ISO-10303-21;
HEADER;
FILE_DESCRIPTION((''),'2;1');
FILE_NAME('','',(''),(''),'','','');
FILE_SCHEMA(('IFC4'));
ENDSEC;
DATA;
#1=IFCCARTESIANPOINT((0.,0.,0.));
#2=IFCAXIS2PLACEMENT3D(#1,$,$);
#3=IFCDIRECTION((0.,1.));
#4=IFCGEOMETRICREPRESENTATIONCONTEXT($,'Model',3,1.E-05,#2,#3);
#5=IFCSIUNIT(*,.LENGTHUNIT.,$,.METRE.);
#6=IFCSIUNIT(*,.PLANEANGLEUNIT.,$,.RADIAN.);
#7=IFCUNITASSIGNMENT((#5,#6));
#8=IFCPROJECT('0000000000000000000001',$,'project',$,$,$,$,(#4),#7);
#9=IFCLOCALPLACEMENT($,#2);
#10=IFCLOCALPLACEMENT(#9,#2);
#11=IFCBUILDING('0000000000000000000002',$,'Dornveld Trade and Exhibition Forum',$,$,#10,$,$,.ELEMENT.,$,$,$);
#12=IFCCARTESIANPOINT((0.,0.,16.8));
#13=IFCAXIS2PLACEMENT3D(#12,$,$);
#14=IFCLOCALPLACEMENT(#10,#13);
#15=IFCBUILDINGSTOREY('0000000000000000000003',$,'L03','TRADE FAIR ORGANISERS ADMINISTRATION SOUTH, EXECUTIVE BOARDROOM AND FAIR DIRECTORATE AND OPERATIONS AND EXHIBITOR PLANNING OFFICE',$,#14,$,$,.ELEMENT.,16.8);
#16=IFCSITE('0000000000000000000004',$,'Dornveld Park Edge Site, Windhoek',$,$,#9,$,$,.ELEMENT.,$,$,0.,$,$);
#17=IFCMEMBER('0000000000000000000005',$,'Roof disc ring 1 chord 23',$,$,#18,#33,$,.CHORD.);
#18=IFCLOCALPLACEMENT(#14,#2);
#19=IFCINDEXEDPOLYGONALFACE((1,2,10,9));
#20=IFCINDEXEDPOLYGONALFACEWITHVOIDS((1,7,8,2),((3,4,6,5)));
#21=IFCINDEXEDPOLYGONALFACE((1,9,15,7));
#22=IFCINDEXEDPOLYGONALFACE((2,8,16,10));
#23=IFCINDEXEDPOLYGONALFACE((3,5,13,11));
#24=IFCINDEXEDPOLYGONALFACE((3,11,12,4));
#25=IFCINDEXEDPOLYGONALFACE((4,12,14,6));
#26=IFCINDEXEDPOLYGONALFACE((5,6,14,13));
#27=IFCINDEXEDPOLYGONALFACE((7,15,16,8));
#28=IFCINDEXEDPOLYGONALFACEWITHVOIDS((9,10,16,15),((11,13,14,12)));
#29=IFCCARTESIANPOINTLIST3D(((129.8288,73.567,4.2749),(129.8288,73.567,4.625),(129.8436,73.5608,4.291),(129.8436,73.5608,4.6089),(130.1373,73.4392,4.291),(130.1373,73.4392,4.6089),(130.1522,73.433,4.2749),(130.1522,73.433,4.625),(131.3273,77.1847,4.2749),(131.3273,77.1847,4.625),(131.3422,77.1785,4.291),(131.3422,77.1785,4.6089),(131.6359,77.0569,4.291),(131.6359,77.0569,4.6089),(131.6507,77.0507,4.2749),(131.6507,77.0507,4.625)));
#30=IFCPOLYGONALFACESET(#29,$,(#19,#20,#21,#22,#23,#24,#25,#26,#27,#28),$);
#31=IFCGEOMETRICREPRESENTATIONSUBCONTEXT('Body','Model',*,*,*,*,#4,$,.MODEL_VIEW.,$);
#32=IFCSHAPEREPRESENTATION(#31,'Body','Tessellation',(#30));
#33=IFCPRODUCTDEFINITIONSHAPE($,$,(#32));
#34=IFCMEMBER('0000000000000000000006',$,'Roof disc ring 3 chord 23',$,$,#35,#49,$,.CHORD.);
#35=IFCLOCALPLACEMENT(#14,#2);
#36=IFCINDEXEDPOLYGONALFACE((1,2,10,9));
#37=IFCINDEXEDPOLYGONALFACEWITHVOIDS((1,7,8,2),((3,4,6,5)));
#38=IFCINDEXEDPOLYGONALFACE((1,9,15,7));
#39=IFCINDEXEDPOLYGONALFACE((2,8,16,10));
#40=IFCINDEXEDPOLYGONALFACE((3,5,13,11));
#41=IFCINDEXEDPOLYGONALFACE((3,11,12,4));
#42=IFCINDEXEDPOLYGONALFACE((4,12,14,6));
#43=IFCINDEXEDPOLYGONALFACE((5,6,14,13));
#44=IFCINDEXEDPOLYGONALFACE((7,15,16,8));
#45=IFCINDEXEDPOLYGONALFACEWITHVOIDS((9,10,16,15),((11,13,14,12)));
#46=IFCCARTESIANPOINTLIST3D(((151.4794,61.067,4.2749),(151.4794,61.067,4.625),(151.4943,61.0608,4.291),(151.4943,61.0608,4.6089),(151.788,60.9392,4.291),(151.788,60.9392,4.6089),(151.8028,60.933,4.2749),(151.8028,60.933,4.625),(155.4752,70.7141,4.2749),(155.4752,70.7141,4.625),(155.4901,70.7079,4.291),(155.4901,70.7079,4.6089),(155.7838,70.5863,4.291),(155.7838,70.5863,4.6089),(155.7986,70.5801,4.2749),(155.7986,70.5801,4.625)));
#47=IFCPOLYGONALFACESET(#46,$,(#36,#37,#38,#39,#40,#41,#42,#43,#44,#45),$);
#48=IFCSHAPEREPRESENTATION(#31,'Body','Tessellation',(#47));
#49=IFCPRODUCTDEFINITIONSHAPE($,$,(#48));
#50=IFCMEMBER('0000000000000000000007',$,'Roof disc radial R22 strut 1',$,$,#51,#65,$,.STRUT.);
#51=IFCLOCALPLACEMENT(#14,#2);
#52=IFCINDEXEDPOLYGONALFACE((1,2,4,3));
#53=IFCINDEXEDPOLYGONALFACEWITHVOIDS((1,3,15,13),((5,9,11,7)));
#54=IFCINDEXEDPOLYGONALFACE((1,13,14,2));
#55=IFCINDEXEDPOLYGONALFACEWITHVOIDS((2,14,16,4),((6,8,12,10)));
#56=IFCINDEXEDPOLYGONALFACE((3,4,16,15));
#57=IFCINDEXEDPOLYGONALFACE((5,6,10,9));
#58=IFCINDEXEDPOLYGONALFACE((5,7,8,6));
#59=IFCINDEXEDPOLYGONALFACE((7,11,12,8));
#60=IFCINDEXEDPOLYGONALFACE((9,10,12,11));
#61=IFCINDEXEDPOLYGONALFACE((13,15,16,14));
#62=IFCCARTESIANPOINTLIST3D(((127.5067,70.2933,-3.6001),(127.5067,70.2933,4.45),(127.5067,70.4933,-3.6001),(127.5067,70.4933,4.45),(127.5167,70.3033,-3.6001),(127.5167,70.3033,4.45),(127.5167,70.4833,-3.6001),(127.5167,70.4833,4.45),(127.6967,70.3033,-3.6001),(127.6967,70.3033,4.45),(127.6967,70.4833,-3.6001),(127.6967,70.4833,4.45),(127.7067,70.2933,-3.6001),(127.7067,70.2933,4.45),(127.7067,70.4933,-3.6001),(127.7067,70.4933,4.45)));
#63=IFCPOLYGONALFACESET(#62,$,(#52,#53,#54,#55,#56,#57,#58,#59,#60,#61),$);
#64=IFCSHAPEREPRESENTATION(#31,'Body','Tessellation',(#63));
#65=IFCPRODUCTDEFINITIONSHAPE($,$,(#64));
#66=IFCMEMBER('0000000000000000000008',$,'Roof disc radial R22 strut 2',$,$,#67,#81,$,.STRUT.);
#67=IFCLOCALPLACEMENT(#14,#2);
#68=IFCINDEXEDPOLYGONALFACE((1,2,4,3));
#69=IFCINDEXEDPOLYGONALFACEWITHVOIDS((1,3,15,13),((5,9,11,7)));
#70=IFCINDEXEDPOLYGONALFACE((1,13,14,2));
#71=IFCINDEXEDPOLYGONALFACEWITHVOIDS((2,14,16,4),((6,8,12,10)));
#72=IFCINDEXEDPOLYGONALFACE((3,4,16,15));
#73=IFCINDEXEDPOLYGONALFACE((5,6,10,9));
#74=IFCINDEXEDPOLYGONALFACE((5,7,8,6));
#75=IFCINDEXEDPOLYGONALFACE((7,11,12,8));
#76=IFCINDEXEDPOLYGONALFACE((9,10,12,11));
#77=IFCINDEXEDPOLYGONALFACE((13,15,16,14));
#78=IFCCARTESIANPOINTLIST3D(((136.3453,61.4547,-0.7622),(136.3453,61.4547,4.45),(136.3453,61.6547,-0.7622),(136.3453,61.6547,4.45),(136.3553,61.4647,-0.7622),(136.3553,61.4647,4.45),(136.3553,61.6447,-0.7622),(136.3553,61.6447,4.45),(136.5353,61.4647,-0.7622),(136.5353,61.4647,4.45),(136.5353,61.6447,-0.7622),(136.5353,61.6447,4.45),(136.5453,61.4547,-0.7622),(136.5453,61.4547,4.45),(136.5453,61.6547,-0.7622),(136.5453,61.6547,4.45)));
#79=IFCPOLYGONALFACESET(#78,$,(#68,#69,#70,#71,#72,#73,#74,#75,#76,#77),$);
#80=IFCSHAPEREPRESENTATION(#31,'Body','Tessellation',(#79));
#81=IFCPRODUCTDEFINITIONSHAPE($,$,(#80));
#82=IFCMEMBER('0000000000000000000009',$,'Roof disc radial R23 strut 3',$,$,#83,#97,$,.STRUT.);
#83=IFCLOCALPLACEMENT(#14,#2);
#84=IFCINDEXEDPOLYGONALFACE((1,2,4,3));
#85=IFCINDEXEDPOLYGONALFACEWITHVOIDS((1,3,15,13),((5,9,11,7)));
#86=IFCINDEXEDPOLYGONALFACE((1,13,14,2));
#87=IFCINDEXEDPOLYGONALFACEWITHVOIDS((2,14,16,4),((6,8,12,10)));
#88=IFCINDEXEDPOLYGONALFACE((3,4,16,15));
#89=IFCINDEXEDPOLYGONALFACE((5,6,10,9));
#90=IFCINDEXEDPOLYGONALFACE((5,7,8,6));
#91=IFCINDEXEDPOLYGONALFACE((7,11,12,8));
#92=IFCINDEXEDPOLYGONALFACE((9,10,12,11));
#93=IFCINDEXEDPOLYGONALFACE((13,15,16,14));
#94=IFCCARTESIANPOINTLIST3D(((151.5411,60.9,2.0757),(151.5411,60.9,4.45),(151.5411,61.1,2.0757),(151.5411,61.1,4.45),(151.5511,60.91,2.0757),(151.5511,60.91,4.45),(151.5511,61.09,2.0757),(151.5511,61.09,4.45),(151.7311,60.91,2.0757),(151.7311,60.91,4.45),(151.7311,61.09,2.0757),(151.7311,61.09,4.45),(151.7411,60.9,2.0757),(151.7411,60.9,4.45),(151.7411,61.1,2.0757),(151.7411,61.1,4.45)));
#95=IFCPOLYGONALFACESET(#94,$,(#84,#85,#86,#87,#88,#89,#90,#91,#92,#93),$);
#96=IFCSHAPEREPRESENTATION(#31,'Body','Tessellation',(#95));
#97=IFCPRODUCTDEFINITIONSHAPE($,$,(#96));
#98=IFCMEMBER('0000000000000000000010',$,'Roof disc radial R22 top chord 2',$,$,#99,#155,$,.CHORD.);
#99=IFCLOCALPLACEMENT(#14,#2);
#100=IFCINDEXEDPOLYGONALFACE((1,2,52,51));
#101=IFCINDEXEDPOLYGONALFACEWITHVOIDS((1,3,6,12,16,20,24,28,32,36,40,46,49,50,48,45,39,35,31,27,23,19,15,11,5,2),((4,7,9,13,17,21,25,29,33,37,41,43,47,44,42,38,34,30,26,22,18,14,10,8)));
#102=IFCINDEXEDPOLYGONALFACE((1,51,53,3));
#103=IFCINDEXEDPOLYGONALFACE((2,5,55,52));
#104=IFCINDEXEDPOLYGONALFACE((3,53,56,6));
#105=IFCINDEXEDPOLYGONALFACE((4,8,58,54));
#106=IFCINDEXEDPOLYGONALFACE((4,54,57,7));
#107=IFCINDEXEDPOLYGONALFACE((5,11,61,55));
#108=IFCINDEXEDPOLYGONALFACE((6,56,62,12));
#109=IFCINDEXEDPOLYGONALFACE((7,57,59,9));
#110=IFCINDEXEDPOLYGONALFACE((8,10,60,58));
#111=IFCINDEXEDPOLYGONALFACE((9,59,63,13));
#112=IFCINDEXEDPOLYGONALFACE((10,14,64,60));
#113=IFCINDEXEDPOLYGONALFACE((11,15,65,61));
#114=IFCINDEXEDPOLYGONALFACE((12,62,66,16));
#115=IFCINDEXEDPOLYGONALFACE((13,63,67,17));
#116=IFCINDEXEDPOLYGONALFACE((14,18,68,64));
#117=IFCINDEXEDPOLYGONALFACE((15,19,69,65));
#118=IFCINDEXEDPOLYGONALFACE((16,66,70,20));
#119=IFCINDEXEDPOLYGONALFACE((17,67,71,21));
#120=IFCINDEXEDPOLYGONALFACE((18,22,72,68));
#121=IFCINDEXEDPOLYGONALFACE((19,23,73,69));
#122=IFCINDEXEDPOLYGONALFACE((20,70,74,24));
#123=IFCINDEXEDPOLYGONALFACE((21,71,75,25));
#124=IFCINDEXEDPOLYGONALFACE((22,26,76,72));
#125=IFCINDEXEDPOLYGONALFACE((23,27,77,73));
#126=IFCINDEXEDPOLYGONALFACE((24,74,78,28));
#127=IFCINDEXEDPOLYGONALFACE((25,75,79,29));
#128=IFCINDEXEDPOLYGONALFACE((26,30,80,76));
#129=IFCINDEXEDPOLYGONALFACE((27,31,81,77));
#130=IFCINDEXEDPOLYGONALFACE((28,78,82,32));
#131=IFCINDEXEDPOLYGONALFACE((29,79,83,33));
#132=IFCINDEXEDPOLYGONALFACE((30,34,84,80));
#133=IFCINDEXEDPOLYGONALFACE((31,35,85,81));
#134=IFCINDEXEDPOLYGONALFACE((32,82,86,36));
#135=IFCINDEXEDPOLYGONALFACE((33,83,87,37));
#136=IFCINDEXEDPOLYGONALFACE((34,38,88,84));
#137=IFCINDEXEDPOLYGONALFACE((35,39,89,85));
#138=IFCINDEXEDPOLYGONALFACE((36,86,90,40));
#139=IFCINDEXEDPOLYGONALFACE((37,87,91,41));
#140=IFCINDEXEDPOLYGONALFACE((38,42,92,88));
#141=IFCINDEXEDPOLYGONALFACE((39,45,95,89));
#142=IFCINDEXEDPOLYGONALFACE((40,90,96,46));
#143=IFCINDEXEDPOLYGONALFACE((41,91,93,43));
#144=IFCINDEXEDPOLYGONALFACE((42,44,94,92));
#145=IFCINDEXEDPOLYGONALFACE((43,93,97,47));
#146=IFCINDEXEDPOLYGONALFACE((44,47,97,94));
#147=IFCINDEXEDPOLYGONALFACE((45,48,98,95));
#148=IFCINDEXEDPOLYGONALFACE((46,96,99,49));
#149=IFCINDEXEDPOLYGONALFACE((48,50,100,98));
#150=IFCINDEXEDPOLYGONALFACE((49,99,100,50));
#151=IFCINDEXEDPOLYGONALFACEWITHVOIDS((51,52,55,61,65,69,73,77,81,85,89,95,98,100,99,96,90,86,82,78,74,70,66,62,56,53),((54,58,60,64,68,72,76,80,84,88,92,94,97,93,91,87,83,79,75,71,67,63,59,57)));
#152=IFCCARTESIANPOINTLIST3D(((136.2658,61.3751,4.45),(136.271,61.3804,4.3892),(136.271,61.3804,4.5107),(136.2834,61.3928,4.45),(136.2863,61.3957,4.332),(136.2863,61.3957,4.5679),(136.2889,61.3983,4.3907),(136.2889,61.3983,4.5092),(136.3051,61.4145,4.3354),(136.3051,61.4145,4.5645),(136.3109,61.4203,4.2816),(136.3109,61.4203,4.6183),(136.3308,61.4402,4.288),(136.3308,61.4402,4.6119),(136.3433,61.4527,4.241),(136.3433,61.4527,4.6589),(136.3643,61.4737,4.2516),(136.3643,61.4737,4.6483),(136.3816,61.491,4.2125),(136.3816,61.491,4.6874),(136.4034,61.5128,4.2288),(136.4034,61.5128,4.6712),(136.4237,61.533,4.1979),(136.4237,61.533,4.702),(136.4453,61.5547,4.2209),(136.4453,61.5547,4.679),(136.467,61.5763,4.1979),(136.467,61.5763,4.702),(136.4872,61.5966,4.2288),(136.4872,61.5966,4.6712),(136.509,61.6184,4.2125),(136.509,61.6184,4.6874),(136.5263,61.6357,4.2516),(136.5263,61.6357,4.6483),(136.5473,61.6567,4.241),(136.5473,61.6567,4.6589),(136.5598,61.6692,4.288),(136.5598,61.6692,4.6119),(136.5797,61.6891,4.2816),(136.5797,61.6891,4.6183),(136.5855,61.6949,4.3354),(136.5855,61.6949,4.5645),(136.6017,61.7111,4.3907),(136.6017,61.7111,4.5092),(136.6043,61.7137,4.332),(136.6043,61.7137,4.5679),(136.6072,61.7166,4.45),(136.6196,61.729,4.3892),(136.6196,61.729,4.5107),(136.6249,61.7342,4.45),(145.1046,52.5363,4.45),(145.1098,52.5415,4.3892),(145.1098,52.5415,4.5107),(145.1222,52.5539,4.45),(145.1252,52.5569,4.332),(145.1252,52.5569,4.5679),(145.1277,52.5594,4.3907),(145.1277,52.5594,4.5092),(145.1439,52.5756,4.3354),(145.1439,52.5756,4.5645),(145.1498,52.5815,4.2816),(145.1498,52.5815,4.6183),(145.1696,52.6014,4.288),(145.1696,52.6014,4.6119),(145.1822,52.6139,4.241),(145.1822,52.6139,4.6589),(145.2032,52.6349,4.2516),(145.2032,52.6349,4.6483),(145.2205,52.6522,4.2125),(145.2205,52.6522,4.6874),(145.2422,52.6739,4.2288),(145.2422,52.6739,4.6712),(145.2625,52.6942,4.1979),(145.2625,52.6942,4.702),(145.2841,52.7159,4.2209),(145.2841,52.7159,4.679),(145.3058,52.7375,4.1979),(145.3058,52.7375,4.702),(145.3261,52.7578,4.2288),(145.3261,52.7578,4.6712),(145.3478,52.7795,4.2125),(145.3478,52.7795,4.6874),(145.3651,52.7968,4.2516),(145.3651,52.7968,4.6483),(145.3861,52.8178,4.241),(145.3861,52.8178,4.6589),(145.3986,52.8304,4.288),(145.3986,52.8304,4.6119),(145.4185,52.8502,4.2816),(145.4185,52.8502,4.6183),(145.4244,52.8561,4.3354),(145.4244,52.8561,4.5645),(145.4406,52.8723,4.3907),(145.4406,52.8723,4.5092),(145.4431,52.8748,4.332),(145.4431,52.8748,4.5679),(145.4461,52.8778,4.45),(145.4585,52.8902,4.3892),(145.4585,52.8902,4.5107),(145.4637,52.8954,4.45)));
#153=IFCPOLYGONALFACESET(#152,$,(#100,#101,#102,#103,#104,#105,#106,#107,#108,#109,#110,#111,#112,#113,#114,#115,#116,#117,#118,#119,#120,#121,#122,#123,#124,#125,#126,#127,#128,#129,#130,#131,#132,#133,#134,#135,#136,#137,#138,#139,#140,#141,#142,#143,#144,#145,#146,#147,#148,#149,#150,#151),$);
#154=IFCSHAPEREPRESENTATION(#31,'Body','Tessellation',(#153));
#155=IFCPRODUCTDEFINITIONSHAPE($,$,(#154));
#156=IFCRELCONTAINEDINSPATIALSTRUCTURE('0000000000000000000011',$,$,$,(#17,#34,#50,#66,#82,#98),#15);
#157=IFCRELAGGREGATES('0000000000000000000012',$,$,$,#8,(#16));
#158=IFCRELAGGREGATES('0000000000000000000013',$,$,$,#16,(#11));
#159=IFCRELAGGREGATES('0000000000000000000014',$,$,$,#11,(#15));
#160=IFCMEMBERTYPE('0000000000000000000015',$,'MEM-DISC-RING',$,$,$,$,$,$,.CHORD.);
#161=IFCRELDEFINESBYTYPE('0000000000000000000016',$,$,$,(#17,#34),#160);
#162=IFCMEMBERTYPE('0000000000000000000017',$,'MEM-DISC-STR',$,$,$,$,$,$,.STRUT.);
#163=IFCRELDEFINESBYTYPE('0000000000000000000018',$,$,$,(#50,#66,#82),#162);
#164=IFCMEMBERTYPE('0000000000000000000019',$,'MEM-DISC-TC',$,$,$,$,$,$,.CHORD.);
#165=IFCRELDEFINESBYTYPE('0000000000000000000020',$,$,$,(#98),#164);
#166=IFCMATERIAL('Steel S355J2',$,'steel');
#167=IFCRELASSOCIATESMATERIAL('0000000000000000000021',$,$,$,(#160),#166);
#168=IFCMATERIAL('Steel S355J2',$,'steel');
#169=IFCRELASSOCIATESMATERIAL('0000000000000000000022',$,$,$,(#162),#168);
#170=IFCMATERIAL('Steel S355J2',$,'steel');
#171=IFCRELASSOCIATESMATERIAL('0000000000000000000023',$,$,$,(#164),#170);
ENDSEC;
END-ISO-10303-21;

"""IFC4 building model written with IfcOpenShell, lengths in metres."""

from ifc_helpers import new_model, si_unit, direction, frame, origin, origin_2d, place, context, subcontext, project, spatial, hollow_rectangle, hollow_circle, extrude, material, material_profile, profile_set, type_object, element, save


model = new_model("IFC4")

# Units and contexts
model_context = context("Model", 3, precision=1e-05, world=origin(), true_north=direction((0.0, 1.0)))
body_context = subcontext(model_context, "Body", "Model", "MODEL_VIEW")
ifc_project = project(units=[si_unit("LENGTHUNIT", "METRE"), si_unit("PLANEANGLEUNIT", "RADIAN")], contexts=[model_context])

# Site, building, storey
site_placement = place(None, origin())
site = spatial("IfcSite", under=ifc_project, at=site_placement, Name="Dornveld Park Edge Site, Windhoek", CompositionType="ELEMENT", RefElevation=0.0)
building_placement = place(site_placement, origin())
building = spatial("IfcBuilding", under=site, at=building_placement, Name="Dornveld Trade and Exhibition Forum", CompositionType="ELEMENT")
storey_placement = place(building_placement, frame((0.0, 0.0, 16.8)))
storey = spatial("IfcBuildingStorey", under=building, at=storey_placement, Name="L03", Description="TRADE FAIR ORGANISERS ADMINISTRATION SOUTH, EXECUTIVE BOARDROOM AND FAIR DIRECTORATE AND OPERATIONS AND EXHIBITOR PLANNING OFFICE", CompositionType="ELEMENT", Elevation=16.8)

# Members
ifc_material_1 = material(Name="Steel S355J2", Category="steel")
ifc_material_profile_1 = material_profile(ifc_material_1, hollow_rectangle(XDim=0.3501, YDim=0.3501, WallThickness=0.0161, at=origin_2d()), Name="SHS 350x350x16")
ifc_profile_set_1 = profile_set([ifc_material_profile_1], Name="Steel S355J2")
member_type_1 = type_object("IfcMemberType", Name="MEM-DISC-RING", PredefinedType="CHORD", material=ifc_profile_set_1)
for number, where, z_axis, x_axis, name in (
    (1, (129.9905, 73.5, 4.45), (0.382693, 0.923875, 0.0), (-0.923875, 0.382693, 0.0), "Roof disc ring 1 chord 23"),
):
    element("IfcMember", number, at=place(storey_placement, frame(where, z_axis=z_axis, x_axis=x_axis)), inside=storey, type_object=member_type_1, Name=name, PredefinedType="CHORD", context=body_context, shape_type="SweptSolid", body=[
        extrude(hollow_rectangle(XDim=0.3501, YDim=0.3501, WallThickness=0.0161, at=origin_2d()), origin(), (0.0, 0.0, 1.0), 3.9158),
    ])
member_1_placement = place(storey_placement, frame((151.6411, 61.0, 4.45), z_axis=(0.38267, 0.923885, 0.0), x_axis=(-0.923885, 0.38267, 0.0)))
element("IfcMember", 2, at=member_1_placement, inside=storey, type_object=member_type_1, Name="Roof disc ring 3 chord 23", PredefinedType="CHORD", context=body_context, shape_type="SweptSolid", body=[
    extrude(hollow_rectangle(XDim=0.3501, YDim=0.3501, WallThickness=0.0161, at=origin_2d()), origin(), (0.0, 0.0, 1.0), 10.4419),
])
ifc_material_2 = material(Name="Steel S355J2", Category="steel")
ifc_material_profile_2 = material_profile(ifc_material_2, hollow_rectangle(XDim=0.2, YDim=0.2, WallThickness=0.01, at=origin_2d()), Name="SHS 200x200x10")
ifc_profile_set_2 = profile_set([ifc_material_profile_2], Name="Steel S355J2")
member_type_2 = type_object("IfcMemberType", Name="MEM-DISC-STR", PredefinedType="STRUT", material=ifc_profile_set_2)
member_2_placement = place(storey_placement, frame((127.6067, 70.3933, -3.6001), z_axis=(0.0, 0.0, 1.0), x_axis=(1.0, 0.0, 0.0)))
element("IfcMember", 3, at=member_2_placement, inside=storey, type_object=member_type_2, Name="Roof disc radial R22 strut 1", PredefinedType="STRUT", context=body_context, shape_type="SweptSolid", body=[
    extrude(hollow_rectangle(XDim=0.2, YDim=0.2, WallThickness=0.01, at=origin_2d()), origin(), (0.0, 0.0, 1.0), 8.05),
])
member_3_placement = place(storey_placement, frame((136.4453, 61.5547, -0.7622), z_axis=(0.0, 0.0, 1.0), x_axis=(1.0, 0.0, 0.0)))
element("IfcMember", 4, at=member_3_placement, inside=storey, type_object=member_type_2, Name="Roof disc radial R22 strut 2", PredefinedType="STRUT", context=body_context, shape_type="SweptSolid", body=[
    extrude(hollow_rectangle(XDim=0.2, YDim=0.2, WallThickness=0.01, at=origin_2d()), origin(), (0.0, 0.0, 1.0), 5.2122),
])
member_4_placement = place(storey_placement, frame((151.6411, 61.0, 2.0757), z_axis=(0.0, 0.0, 1.0), x_axis=(1.0, 0.0, 0.0)))
element("IfcMember", 5, at=member_4_placement, inside=storey, type_object=member_type_2, Name="Roof disc radial R23 strut 3", PredefinedType="STRUT", context=body_context, shape_type="SweptSolid", body=[
    extrude(hollow_rectangle(XDim=0.2, YDim=0.2, WallThickness=0.01, at=origin_2d()), origin(), (0.0, 0.0, 1.0), 2.3743),
])
ifc_material_3 = material(Name="Steel S355J2", Category="steel")
ifc_material_profile_3 = material_profile(ifc_material_3, hollow_circle(Radius=0.2539, WallThickness=0.0249, at=origin_2d()), Name="CHS 508x25")
ifc_profile_set_3 = profile_set([ifc_material_profile_3], Name="Steel S355J2")
member_type_3 = type_object("IfcMemberType", Name="MEM-DISC-TC", PredefinedType="CHORD", material=ifc_profile_set_3)
member_5_placement = place(storey_placement, frame((136.4453, 61.5547, 4.45), z_axis=(0.707107, -0.707107, 0.0), x_axis=(0.707107, 0.707107, 0.0)))
element("IfcMember", 6, at=member_5_placement, inside=storey, type_object=member_type_3, Name="Roof disc radial R22 top chord 2", PredefinedType="CHORD", context=body_context, shape_type="SweptSolid", body=[
    extrude(hollow_circle(Radius=0.2539, WallThickness=0.0249, at=origin_2d()), origin(), (0.0, 0.0, 1.0), 12.5),
])

save(model, "model.ifc")
